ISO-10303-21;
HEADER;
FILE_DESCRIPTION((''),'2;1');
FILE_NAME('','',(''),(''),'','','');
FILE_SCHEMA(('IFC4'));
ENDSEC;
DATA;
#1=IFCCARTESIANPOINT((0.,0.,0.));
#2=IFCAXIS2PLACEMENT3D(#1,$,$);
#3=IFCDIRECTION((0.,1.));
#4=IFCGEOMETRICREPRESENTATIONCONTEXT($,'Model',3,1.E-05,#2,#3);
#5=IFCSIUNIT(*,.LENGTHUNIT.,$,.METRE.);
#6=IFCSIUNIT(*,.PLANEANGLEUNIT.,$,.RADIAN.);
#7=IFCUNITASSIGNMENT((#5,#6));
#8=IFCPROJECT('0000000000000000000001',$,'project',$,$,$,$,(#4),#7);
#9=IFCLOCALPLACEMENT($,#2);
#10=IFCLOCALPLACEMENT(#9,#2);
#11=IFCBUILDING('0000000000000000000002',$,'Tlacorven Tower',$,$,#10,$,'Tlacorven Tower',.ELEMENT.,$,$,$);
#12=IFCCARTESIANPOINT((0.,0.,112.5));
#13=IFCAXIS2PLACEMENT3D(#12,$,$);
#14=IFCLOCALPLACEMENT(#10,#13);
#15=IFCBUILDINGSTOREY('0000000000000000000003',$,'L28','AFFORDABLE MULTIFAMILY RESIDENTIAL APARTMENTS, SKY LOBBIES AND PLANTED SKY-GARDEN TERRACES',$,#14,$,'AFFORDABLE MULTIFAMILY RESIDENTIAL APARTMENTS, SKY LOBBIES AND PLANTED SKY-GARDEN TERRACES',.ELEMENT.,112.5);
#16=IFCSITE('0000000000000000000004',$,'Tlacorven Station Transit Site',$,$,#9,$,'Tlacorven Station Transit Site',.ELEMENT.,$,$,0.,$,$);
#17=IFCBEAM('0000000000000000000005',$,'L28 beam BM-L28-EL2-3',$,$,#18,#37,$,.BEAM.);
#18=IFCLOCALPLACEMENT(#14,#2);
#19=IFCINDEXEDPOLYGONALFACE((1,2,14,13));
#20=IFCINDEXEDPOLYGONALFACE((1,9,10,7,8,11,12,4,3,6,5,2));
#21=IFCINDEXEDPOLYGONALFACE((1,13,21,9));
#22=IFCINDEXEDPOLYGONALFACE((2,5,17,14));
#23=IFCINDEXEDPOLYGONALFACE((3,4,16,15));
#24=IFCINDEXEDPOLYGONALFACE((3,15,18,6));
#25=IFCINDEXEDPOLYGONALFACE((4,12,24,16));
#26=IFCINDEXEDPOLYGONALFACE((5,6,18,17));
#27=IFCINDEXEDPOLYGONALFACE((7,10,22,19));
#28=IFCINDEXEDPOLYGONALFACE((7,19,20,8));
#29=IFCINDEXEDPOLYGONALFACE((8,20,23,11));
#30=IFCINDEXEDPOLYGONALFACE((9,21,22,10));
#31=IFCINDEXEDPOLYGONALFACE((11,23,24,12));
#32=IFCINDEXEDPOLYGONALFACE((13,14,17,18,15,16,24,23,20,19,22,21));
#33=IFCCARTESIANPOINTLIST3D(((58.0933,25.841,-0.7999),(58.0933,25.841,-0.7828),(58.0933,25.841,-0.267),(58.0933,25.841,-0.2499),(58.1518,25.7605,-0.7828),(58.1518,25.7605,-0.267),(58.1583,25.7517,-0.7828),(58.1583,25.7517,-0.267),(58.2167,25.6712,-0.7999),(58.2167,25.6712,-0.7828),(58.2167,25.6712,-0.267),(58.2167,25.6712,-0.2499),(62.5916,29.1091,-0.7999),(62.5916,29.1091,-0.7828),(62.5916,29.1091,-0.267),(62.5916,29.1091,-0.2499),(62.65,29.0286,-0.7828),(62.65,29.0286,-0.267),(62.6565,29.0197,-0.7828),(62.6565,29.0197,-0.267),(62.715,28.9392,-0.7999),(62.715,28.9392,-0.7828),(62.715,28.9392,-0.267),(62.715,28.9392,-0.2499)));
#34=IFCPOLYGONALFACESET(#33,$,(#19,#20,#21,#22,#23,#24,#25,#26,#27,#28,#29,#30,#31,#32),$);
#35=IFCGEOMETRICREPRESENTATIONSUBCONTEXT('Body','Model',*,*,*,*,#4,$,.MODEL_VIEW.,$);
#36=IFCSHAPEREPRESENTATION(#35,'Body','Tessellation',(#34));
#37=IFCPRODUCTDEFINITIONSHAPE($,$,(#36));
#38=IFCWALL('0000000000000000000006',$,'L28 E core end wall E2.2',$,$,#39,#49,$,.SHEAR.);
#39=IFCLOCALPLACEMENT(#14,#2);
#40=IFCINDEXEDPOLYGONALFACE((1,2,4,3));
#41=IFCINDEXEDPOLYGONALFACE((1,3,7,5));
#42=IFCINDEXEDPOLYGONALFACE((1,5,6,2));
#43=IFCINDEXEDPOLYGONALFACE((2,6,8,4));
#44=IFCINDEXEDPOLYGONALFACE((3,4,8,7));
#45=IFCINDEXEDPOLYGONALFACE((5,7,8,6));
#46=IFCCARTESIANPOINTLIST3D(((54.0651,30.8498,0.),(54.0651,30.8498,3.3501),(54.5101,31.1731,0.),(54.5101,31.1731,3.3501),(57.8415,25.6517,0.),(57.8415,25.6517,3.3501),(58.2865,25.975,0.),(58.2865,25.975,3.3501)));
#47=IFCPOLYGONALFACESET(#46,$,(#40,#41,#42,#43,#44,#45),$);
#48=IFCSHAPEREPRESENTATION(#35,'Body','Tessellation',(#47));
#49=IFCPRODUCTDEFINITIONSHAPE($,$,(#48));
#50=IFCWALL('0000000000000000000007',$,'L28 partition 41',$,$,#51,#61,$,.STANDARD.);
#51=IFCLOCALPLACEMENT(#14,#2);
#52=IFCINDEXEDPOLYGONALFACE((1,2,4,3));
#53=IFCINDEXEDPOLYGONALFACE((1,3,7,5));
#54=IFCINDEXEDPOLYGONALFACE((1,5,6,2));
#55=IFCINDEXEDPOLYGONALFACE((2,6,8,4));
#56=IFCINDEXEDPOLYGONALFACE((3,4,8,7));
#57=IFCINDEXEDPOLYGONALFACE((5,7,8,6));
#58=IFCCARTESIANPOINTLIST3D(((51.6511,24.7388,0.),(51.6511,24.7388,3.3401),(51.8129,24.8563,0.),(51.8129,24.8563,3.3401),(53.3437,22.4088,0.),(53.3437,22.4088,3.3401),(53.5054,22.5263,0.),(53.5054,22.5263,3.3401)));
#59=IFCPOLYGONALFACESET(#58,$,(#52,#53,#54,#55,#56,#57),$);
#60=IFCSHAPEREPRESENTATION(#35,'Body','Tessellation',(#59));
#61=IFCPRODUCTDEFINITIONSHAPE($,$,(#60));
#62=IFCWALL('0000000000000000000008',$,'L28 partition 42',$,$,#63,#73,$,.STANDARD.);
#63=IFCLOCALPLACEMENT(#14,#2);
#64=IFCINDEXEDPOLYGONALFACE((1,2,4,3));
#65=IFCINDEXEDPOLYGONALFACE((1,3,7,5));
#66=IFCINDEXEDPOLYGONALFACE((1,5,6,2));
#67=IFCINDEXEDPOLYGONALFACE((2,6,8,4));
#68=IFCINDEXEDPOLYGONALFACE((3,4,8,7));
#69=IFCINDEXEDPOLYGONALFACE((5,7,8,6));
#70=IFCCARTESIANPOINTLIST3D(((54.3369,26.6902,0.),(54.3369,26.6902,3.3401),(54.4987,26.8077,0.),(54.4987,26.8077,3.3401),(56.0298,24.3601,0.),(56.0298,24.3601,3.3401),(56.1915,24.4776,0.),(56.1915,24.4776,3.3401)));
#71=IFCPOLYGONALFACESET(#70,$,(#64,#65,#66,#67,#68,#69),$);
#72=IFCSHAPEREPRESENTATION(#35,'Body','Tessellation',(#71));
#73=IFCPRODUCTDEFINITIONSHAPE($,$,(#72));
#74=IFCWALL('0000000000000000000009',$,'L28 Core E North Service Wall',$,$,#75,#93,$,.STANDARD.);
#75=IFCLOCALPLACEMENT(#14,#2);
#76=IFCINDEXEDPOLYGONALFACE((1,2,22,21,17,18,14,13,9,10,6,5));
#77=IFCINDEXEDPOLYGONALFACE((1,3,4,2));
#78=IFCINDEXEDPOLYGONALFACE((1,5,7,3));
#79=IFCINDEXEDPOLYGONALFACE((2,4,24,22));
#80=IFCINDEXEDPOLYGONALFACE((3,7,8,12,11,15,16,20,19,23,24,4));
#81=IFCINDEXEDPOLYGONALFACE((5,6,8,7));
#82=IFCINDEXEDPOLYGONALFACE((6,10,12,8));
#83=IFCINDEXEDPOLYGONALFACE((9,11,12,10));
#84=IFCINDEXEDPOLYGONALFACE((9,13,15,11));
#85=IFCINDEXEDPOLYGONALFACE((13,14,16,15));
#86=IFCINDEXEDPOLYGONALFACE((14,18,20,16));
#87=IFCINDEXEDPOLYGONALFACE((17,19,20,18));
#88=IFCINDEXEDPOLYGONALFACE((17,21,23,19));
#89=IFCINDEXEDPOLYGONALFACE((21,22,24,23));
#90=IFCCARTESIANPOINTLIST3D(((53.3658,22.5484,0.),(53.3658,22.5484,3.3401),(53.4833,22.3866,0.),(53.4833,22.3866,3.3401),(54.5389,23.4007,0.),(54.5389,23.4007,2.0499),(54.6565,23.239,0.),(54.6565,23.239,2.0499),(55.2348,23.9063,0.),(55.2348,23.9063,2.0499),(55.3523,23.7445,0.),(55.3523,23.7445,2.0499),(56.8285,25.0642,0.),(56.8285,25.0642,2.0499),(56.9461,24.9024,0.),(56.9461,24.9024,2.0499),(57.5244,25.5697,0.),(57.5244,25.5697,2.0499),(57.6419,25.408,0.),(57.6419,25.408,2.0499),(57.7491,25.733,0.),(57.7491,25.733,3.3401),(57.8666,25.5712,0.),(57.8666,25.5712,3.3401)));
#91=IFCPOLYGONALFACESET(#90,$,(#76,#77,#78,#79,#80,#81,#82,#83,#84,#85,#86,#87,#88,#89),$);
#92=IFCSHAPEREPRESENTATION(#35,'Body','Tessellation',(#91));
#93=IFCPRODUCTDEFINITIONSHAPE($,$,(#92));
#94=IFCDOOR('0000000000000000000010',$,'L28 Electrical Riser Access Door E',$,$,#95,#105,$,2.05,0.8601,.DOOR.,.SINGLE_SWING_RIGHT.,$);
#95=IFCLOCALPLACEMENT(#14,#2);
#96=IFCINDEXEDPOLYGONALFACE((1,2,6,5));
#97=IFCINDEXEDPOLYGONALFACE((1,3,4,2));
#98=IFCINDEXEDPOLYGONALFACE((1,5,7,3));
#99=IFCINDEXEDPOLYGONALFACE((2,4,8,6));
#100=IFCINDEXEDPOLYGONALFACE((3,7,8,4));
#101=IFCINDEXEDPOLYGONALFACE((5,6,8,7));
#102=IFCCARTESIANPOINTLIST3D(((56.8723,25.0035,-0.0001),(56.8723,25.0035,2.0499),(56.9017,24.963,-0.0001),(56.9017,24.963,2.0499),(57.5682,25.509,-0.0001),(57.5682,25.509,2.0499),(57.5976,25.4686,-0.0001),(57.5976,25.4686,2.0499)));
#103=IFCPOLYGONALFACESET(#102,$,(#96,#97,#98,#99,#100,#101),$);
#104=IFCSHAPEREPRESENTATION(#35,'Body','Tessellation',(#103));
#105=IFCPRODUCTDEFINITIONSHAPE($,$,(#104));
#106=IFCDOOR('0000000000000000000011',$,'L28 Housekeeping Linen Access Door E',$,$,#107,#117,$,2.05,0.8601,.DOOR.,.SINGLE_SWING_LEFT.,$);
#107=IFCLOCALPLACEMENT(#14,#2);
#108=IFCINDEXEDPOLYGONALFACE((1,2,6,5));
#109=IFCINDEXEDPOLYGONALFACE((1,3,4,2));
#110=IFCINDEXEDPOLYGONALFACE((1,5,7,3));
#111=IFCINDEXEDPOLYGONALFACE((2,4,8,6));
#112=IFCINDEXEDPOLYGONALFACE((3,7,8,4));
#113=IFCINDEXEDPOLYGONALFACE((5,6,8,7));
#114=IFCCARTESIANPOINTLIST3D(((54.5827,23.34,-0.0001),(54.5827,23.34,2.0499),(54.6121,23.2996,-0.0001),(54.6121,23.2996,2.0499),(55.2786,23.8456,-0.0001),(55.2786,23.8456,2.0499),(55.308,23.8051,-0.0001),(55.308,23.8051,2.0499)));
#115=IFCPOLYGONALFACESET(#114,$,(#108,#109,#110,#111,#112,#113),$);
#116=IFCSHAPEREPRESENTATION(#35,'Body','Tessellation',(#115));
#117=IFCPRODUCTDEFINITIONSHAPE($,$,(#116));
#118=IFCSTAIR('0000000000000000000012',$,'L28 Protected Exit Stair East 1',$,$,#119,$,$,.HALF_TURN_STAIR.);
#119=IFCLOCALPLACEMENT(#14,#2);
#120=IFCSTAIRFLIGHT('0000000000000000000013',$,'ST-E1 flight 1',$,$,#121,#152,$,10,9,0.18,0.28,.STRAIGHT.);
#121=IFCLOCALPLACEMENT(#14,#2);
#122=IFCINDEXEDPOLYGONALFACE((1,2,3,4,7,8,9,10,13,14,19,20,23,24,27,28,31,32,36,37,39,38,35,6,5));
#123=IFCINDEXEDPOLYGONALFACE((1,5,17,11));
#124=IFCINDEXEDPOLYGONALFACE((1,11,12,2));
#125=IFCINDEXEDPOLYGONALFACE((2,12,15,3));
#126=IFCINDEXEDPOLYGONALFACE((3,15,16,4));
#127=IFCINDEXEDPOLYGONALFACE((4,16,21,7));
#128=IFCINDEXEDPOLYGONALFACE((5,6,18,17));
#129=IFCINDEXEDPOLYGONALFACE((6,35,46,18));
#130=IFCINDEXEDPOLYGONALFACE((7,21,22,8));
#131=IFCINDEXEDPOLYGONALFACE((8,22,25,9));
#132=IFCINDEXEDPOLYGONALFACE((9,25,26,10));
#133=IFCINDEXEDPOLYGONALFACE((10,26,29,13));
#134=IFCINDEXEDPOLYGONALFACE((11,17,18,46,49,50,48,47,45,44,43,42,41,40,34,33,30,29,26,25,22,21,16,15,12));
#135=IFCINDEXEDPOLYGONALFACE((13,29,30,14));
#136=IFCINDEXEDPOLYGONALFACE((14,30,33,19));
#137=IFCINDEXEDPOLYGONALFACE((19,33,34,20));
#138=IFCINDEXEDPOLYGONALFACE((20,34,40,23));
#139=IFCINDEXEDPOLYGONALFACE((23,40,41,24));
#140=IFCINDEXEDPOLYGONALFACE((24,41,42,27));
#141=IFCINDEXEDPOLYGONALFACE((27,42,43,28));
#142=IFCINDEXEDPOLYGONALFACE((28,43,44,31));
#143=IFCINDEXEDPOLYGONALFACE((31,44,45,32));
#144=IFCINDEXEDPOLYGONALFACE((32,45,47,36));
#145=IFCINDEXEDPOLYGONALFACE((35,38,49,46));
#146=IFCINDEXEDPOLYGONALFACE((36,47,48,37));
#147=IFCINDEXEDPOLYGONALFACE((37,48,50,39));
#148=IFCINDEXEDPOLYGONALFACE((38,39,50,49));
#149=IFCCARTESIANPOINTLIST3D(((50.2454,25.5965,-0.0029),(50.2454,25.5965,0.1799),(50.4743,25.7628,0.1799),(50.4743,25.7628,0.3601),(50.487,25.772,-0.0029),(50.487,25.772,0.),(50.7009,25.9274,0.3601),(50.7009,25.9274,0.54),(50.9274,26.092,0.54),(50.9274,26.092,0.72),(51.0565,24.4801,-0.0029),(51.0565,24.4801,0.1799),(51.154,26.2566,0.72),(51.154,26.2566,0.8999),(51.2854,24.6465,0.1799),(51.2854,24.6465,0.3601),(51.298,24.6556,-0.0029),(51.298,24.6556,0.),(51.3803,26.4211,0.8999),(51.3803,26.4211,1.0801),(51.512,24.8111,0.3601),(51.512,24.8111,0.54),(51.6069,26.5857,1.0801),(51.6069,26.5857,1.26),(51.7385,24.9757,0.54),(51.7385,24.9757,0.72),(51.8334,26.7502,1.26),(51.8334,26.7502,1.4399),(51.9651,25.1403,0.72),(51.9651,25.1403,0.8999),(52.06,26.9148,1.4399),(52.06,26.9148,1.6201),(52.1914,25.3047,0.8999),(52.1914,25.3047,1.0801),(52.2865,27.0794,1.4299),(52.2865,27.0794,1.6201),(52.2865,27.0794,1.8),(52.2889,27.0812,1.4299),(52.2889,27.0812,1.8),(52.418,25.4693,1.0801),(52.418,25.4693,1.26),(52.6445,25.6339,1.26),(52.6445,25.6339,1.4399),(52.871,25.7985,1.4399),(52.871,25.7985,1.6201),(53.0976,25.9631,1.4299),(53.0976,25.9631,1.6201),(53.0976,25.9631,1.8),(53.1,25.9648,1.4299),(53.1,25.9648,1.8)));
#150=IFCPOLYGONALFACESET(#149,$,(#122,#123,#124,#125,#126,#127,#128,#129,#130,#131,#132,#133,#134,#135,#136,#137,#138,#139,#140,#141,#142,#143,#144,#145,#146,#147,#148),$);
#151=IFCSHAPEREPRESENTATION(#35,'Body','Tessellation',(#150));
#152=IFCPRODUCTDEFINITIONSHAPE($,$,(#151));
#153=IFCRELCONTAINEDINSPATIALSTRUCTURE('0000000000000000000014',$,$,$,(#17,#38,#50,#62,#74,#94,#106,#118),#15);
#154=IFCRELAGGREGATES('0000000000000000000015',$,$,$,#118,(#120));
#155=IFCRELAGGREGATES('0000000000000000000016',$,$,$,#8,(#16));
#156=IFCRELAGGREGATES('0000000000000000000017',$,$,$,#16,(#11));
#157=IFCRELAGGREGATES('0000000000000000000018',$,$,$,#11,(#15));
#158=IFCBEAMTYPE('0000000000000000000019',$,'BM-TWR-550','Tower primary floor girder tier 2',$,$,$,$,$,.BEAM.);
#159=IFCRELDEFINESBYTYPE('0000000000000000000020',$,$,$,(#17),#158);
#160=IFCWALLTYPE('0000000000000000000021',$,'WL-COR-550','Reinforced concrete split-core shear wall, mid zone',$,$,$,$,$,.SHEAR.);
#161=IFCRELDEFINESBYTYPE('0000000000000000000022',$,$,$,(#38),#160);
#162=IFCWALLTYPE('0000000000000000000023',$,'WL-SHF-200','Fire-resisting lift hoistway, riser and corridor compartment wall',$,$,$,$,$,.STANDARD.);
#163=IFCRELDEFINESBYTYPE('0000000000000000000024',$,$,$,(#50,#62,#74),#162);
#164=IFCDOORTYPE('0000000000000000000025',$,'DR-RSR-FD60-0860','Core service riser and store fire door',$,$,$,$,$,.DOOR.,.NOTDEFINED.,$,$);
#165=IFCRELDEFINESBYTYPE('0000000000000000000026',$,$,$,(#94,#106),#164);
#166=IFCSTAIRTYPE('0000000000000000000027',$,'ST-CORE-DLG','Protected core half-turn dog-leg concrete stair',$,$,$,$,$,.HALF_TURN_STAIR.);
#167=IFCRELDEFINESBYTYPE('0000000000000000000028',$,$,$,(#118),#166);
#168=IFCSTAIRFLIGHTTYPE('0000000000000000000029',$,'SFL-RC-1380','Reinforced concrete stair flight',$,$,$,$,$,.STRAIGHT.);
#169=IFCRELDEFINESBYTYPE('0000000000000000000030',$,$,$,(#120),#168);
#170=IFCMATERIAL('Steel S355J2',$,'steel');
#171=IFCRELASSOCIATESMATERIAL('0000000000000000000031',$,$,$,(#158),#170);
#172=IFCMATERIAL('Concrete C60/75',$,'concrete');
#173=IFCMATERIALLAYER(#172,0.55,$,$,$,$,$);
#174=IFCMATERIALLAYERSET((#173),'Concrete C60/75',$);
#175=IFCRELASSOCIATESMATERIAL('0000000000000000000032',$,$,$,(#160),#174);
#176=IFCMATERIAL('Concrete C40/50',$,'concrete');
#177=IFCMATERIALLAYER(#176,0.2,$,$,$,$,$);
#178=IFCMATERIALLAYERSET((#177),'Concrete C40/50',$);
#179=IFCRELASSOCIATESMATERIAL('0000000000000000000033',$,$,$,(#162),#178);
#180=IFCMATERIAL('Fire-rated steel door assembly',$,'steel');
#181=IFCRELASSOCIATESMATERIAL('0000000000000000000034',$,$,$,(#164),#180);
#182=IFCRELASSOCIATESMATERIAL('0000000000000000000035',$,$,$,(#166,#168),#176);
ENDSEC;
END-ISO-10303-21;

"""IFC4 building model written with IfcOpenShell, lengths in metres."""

from ifc_helpers import new_model, si_unit, direction, frame, frame_2d, origin, origin_2d, place, context, subcontext, project, spatial, polyline, rectangle, i_section, outline, extrude, source, transform, mapped, material, layer, layer_set, material_profile, profile_set, type_object, element, fill, aggregate, save


model = new_model("IFC4")

# Units and contexts
model_context = context("Model", 3, precision=1e-05, world=origin(), true_north=direction((0.0, 1.0)))
body_context = subcontext(model_context, "Body", "Model", "MODEL_VIEW")
ifc_project = project(units=[si_unit("LENGTHUNIT", "METRE"), si_unit("PLANEANGLEUNIT", "RADIAN")], contexts=[model_context])

# Site, building, storey
site_placement = place(None, origin())
site = spatial("IfcSite", under=ifc_project, at=site_placement, Name="Tlacorven Station Transit Site", LongName="Tlacorven Station Transit Site", CompositionType="ELEMENT", RefElevation=0.0)
building_placement = place(site_placement, origin())
building = spatial("IfcBuilding", under=site, at=building_placement, Name="Tlacorven Tower", LongName="Tlacorven Tower", CompositionType="ELEMENT")
storey_placement = place(building_placement, frame((0.0, 0.0, 112.5)))
storey = spatial("IfcBuildingStorey", under=building, at=storey_placement, Name="L28", Description="AFFORDABLE MULTIFAMILY RESIDENTIAL APARTMENTS, SKY LOBBIES AND PLANTED SKY-GARDEN TERRACES", LongName="AFFORDABLE MULTIFAMILY RESIDENTIAL APARTMENTS, SKY LOBBIES AND PLANTED SKY-GARDEN TERRACES", CompositionType="ELEMENT", Elevation=112.5)

# Beam
ifc_material_1 = material(Name="Steel S355J2", Category="steel")
ifc_material_profile = material_profile(ifc_material_1, i_section(OverallWidth=0.21, OverallDepth=0.55, WebThickness=0.011, FlangeThickness=0.0171, at=origin_2d()), Name="IPE 550")
ifc_profile_set = profile_set([ifc_material_profile], Name="Steel S355J2")
beam_type = type_object("IfcBeamType", Name="BM-TWR-550", Description="Tower primary floor girder tier 2", PredefinedType="BEAM", material=ifc_profile_set)
shared_shape_1 = source(origin(), body_context, "Body", "SweptSolid", [
    extrude(i_section(OverallWidth=0.21, OverallDepth=0.55, WebThickness=0.011, FlangeThickness=0.0171, at=origin_2d()), origin(), (0.0, 0.0, 1.0), 5.5601),
])
beam_placement = place(storey_placement, frame((58.155, 25.7561, -0.5249), z_axis=(0.809028, 0.58777, 0.0), x_axis=(-0.58777, 0.809028, 0.0)))
element("IfcBeam", 1, at=beam_placement, inside=storey, type_object=beam_type, Name="L28 beam BM-L28-EL2-3", PredefinedType="BEAM", context=body_context, shape_type="MappedRepresentation", body=[
    mapped(shared_shape_1, transform((0.0, 0.0, 0.0), scale=1.0)),
])

# Walls
ifc_material_2 = material(Name="Concrete C60/75", Category="concrete")
ifc_layer_1 = layer(ifc_material_2, 0.55)
ifc_layer_set_1 = layer_set([ifc_layer_1], Name="Concrete C60/75")
wall_type_1 = type_object("IfcWallType", Name="WL-COR-550", Description="Reinforced concrete split-core shear wall, mid zone", PredefinedType="SHEAR", material=ifc_layer_set_1)
wall_1_placement = place(storey_placement, frame((58.064, 25.8135, 0.0), z_axis=(0.0, 0.0, 1.0), x_axis=(-0.587765, 0.809032, 0.0)))
element("IfcWall", 2, at=wall_1_placement, inside=storey, type_object=wall_type_1, Name="L28 E core end wall E2.2", PredefinedType="SHEAR", context=body_context, shape_type="SweptSolid", body=[
    extrude(rectangle(XDim=6.425, YDim=0.55, at=frame_2d((3.2124, 0.0))), origin(), (0.0, 0.0, 1.0), 3.3501),
])
ifc_material_3 = material(Name="Concrete C40/50", Category="concrete")
ifc_layer_2 = layer(ifc_material_3, 0.2)
ifc_layer_set_2 = layer_set([ifc_layer_2], Name="Concrete C40/50")
wall_type_2 = type_object("IfcWallType", Name="WL-SHF-200", Description="Fire-resisting lift hoistway, riser and corridor compartment wall", PredefinedType="STANDARD", material=ifc_layer_set_2)
wall_2_placement = place(storey_placement, frame((53.4246, 22.4675, 0.0), z_axis=(0.0, 0.0, 1.0), x_axis=(-0.587723, 0.809062, 0.0)))
element("IfcWall", 3, at=wall_2_placement, inside=storey, type_object=wall_type_2, Name="L28 partition 41", PredefinedType="STANDARD", context=body_context, shape_type="SweptSolid", body=[
    extrude(rectangle(XDim=2.8799, YDim=0.2, at=frame_2d((1.4399, 0.0))), origin(), (0.0, 0.0, 1.0), 3.3401),
])
wall_3_placement = place(storey_placement, frame((56.1106, 24.4189, 0.0), z_axis=(0.0, 0.0, 1.0), x_axis=(-0.587778, 0.809022, 0.0)))
element("IfcWall", 4, at=wall_3_placement, inside=storey, type_object=wall_type_2, Name="L28 partition 42", PredefinedType="STANDARD", context=body_context, shape_type="SweptSolid", body=[
    extrude(rectangle(XDim=2.8801, YDim=0.2, at=frame_2d((1.4399, 0.0))), origin(), (0.0, 0.0, 1.0), 3.3401),
])

# Wall, openings, doors
wall_4_placement = place(storey_placement, frame((53.4246, 22.4675, 0.0), z_axis=(0.0, 0.0, 1.0), x_axis=(0.809024, 0.587775, 0.0)))
wall_4 = element("IfcWall", 5, at=wall_4_placement, inside=storey, type_object=wall_type_2, Name="L28 Core E North Service Wall", PredefinedType="STANDARD", context=body_context, shape_type="SweptSolid", body=[
    extrude(rectangle(XDim=5.418, YDim=0.2, at=frame_2d((2.709, 0.0))), origin(), (0.0, 0.0, 1.0), 3.3401),
])
opening_1_placement = place(wall_4_placement, frame((4.28, 0.0, 0.0)))
opening_1 = element("IfcOpeningElement", 6, at=opening_1_placement, cuts=wall_4, PredefinedType="OPENING", context=body_context, shape_type="SweptSolid", body=[
    extrude(rectangle(XDim=0.8601, YDim=2.05, at=frame_2d((0.4302, 1.0249))), frame((0.0, 0.1099, 0.0), z_axis=(0.0, -1.0, 0.0), x_axis=(1.0, 0.0, 0.0)), (0.0, 0.0, 1.0), 0.22),
])
opening_2_placement = place(wall_4_placement, frame((1.45, 0.0, 0.0)))
opening_2 = element("IfcOpeningElement", 7, at=opening_2_placement, cuts=wall_4, PredefinedType="OPENING", context=body_context, shape_type="SweptSolid", body=[
    extrude(rectangle(XDim=0.8601, YDim=2.05, at=frame_2d((0.4302, 1.0249))), frame((0.0, 0.1099, 0.0), z_axis=(0.0, -1.0, 0.0), x_axis=(1.0, 0.0, 0.0)), (0.0, 0.0, 1.0), 0.22),
])
ifc_material_4 = material(Name="Fire-rated steel door assembly", Category="steel")
door_type = type_object("IfcDoorType", Name="DR-RSR-FD60-0860", Description="Core service riser and store fire door", OperationType="NOTDEFINED", PredefinedType="DOOR", material=ifc_material_4)
shared_shape_2 = source(origin(), body_context, "Body", "SweptSolid", [
    extrude(rectangle(XDim=0.8601, YDim=2.05, at=frame_2d((0.4302, 1.0249))), frame((0.0, 0.0249, 0.0), z_axis=(0.0, -1.0, 0.0), x_axis=(1.0, 0.0, 0.0)), (0.0, 0.0, 1.0), 0.05),
])
door_1_placement = place(opening_1_placement, frame((0.8601, 0.0, 0.0), z_axis=(0.0, 0.0, 1.0), x_axis=(-1.0, 0.0, 0.0)))
door_1 = element("IfcDoor", 8, at=door_1_placement, inside=storey, type_object=door_type, Name="L28 Electrical Riser Access Door E", OperationType="SINGLE_SWING_RIGHT", OverallHeight=2.05, OverallWidth=0.8601, PredefinedType="DOOR", context=body_context, shape_type="MappedRepresentation", body=[
    mapped(shared_shape_2, transform((0.0, 0.0, 0.0), scale=1.0)),
])
fill(opening_1, door_1)
door_2_placement = place(opening_2_placement, frame((0.8601, 0.0, 0.0), z_axis=(0.0, 0.0, 1.0), x_axis=(-1.0, 0.0, 0.0)))
door_2 = element("IfcDoor", 9, at=door_2_placement, inside=storey, type_object=door_type, Name="L28 Housekeeping Linen Access Door E", OperationType="SINGLE_SWING_LEFT", OverallHeight=2.05, OverallWidth=0.8601, PredefinedType="DOOR", context=body_context, shape_type="MappedRepresentation", body=[
    mapped(shared_shape_2, transform((0.0, 0.0, 0.0), scale=1.0)),
])
fill(opening_2, door_2)

# Stair, stair flight
stair_type = type_object("IfcStairType", Name="ST-CORE-DLG", Description="Protected core half-turn dog-leg concrete stair", PredefinedType="HALF_TURN_STAIR", material=ifc_material_3)
stair_placement = place(storey_placement, origin())
stair = element("IfcStair", 10, at=stair_placement, inside=storey, type_object=stair_type, Name="L28 Protected Exit Stair East 1", PredefinedType="HALF_TURN_STAIR")
stair_flight_type = type_object("IfcStairFlightType", Name="SFL-RC-1380", Description="Reinforced concrete stair flight", PredefinedType="STRAIGHT", material=ifc_material_3)
shared_shape_3 = source(origin(), body_context, "Body", "SweptSolid", [
    extrude(outline(polyline([(-0.0029, -0.0029), (-0.0029, 0.1799), (0.28, 0.1799), (0.28, 0.3601), (0.5601, 0.3601), (0.5601, 0.54), (0.8401, 0.54), (0.8401, 0.72), (1.1201, 0.72), (1.1201, 0.8999), (1.3999, 0.8999), (1.3999, 1.0801), (1.6799, 1.0801), (1.6799, 1.26), (1.96, 1.26), (1.96, 1.4399), (2.24, 1.4399), (2.24, 1.6201), (2.52, 1.6201), (2.52, 1.8), (2.5229, 1.8), (2.5229, 1.4299), (2.52, 1.4299), (0.2957, 0.0), (0.2957, -0.0029), (-0.0029, -0.0029)])), frame((0.0, 0.6899, 0.0), z_axis=(0.0, -1.0, 0.0), x_axis=(1.0, 0.0, 0.0)), (0.0, 0.0, 1.0), 1.3799),
])
stair_flight_placement = place(storey_placement, frame((50.6533, 25.04, 0.0), z_axis=(0.0, 0.0, 1.0), x_axis=(0.809017, 0.587785, 0.0)))
stair_flight = element("IfcStairFlight", 11, at=stair_flight_placement, type_object=stair_flight_type, Name="ST-E1 flight 1", NumberOfRisers=10, NumberOfTreads=9, PredefinedType="STRAIGHT", RiserHeight=0.18, TreadLength=0.28, context=body_context, shape_type="MappedRepresentation", body=[
    mapped(shared_shape_3, transform((0.0, 0.0, 0.0), scale=1.0)),
])
aggregate(stair, [stair_flight])

save(model, "model.ifc")
